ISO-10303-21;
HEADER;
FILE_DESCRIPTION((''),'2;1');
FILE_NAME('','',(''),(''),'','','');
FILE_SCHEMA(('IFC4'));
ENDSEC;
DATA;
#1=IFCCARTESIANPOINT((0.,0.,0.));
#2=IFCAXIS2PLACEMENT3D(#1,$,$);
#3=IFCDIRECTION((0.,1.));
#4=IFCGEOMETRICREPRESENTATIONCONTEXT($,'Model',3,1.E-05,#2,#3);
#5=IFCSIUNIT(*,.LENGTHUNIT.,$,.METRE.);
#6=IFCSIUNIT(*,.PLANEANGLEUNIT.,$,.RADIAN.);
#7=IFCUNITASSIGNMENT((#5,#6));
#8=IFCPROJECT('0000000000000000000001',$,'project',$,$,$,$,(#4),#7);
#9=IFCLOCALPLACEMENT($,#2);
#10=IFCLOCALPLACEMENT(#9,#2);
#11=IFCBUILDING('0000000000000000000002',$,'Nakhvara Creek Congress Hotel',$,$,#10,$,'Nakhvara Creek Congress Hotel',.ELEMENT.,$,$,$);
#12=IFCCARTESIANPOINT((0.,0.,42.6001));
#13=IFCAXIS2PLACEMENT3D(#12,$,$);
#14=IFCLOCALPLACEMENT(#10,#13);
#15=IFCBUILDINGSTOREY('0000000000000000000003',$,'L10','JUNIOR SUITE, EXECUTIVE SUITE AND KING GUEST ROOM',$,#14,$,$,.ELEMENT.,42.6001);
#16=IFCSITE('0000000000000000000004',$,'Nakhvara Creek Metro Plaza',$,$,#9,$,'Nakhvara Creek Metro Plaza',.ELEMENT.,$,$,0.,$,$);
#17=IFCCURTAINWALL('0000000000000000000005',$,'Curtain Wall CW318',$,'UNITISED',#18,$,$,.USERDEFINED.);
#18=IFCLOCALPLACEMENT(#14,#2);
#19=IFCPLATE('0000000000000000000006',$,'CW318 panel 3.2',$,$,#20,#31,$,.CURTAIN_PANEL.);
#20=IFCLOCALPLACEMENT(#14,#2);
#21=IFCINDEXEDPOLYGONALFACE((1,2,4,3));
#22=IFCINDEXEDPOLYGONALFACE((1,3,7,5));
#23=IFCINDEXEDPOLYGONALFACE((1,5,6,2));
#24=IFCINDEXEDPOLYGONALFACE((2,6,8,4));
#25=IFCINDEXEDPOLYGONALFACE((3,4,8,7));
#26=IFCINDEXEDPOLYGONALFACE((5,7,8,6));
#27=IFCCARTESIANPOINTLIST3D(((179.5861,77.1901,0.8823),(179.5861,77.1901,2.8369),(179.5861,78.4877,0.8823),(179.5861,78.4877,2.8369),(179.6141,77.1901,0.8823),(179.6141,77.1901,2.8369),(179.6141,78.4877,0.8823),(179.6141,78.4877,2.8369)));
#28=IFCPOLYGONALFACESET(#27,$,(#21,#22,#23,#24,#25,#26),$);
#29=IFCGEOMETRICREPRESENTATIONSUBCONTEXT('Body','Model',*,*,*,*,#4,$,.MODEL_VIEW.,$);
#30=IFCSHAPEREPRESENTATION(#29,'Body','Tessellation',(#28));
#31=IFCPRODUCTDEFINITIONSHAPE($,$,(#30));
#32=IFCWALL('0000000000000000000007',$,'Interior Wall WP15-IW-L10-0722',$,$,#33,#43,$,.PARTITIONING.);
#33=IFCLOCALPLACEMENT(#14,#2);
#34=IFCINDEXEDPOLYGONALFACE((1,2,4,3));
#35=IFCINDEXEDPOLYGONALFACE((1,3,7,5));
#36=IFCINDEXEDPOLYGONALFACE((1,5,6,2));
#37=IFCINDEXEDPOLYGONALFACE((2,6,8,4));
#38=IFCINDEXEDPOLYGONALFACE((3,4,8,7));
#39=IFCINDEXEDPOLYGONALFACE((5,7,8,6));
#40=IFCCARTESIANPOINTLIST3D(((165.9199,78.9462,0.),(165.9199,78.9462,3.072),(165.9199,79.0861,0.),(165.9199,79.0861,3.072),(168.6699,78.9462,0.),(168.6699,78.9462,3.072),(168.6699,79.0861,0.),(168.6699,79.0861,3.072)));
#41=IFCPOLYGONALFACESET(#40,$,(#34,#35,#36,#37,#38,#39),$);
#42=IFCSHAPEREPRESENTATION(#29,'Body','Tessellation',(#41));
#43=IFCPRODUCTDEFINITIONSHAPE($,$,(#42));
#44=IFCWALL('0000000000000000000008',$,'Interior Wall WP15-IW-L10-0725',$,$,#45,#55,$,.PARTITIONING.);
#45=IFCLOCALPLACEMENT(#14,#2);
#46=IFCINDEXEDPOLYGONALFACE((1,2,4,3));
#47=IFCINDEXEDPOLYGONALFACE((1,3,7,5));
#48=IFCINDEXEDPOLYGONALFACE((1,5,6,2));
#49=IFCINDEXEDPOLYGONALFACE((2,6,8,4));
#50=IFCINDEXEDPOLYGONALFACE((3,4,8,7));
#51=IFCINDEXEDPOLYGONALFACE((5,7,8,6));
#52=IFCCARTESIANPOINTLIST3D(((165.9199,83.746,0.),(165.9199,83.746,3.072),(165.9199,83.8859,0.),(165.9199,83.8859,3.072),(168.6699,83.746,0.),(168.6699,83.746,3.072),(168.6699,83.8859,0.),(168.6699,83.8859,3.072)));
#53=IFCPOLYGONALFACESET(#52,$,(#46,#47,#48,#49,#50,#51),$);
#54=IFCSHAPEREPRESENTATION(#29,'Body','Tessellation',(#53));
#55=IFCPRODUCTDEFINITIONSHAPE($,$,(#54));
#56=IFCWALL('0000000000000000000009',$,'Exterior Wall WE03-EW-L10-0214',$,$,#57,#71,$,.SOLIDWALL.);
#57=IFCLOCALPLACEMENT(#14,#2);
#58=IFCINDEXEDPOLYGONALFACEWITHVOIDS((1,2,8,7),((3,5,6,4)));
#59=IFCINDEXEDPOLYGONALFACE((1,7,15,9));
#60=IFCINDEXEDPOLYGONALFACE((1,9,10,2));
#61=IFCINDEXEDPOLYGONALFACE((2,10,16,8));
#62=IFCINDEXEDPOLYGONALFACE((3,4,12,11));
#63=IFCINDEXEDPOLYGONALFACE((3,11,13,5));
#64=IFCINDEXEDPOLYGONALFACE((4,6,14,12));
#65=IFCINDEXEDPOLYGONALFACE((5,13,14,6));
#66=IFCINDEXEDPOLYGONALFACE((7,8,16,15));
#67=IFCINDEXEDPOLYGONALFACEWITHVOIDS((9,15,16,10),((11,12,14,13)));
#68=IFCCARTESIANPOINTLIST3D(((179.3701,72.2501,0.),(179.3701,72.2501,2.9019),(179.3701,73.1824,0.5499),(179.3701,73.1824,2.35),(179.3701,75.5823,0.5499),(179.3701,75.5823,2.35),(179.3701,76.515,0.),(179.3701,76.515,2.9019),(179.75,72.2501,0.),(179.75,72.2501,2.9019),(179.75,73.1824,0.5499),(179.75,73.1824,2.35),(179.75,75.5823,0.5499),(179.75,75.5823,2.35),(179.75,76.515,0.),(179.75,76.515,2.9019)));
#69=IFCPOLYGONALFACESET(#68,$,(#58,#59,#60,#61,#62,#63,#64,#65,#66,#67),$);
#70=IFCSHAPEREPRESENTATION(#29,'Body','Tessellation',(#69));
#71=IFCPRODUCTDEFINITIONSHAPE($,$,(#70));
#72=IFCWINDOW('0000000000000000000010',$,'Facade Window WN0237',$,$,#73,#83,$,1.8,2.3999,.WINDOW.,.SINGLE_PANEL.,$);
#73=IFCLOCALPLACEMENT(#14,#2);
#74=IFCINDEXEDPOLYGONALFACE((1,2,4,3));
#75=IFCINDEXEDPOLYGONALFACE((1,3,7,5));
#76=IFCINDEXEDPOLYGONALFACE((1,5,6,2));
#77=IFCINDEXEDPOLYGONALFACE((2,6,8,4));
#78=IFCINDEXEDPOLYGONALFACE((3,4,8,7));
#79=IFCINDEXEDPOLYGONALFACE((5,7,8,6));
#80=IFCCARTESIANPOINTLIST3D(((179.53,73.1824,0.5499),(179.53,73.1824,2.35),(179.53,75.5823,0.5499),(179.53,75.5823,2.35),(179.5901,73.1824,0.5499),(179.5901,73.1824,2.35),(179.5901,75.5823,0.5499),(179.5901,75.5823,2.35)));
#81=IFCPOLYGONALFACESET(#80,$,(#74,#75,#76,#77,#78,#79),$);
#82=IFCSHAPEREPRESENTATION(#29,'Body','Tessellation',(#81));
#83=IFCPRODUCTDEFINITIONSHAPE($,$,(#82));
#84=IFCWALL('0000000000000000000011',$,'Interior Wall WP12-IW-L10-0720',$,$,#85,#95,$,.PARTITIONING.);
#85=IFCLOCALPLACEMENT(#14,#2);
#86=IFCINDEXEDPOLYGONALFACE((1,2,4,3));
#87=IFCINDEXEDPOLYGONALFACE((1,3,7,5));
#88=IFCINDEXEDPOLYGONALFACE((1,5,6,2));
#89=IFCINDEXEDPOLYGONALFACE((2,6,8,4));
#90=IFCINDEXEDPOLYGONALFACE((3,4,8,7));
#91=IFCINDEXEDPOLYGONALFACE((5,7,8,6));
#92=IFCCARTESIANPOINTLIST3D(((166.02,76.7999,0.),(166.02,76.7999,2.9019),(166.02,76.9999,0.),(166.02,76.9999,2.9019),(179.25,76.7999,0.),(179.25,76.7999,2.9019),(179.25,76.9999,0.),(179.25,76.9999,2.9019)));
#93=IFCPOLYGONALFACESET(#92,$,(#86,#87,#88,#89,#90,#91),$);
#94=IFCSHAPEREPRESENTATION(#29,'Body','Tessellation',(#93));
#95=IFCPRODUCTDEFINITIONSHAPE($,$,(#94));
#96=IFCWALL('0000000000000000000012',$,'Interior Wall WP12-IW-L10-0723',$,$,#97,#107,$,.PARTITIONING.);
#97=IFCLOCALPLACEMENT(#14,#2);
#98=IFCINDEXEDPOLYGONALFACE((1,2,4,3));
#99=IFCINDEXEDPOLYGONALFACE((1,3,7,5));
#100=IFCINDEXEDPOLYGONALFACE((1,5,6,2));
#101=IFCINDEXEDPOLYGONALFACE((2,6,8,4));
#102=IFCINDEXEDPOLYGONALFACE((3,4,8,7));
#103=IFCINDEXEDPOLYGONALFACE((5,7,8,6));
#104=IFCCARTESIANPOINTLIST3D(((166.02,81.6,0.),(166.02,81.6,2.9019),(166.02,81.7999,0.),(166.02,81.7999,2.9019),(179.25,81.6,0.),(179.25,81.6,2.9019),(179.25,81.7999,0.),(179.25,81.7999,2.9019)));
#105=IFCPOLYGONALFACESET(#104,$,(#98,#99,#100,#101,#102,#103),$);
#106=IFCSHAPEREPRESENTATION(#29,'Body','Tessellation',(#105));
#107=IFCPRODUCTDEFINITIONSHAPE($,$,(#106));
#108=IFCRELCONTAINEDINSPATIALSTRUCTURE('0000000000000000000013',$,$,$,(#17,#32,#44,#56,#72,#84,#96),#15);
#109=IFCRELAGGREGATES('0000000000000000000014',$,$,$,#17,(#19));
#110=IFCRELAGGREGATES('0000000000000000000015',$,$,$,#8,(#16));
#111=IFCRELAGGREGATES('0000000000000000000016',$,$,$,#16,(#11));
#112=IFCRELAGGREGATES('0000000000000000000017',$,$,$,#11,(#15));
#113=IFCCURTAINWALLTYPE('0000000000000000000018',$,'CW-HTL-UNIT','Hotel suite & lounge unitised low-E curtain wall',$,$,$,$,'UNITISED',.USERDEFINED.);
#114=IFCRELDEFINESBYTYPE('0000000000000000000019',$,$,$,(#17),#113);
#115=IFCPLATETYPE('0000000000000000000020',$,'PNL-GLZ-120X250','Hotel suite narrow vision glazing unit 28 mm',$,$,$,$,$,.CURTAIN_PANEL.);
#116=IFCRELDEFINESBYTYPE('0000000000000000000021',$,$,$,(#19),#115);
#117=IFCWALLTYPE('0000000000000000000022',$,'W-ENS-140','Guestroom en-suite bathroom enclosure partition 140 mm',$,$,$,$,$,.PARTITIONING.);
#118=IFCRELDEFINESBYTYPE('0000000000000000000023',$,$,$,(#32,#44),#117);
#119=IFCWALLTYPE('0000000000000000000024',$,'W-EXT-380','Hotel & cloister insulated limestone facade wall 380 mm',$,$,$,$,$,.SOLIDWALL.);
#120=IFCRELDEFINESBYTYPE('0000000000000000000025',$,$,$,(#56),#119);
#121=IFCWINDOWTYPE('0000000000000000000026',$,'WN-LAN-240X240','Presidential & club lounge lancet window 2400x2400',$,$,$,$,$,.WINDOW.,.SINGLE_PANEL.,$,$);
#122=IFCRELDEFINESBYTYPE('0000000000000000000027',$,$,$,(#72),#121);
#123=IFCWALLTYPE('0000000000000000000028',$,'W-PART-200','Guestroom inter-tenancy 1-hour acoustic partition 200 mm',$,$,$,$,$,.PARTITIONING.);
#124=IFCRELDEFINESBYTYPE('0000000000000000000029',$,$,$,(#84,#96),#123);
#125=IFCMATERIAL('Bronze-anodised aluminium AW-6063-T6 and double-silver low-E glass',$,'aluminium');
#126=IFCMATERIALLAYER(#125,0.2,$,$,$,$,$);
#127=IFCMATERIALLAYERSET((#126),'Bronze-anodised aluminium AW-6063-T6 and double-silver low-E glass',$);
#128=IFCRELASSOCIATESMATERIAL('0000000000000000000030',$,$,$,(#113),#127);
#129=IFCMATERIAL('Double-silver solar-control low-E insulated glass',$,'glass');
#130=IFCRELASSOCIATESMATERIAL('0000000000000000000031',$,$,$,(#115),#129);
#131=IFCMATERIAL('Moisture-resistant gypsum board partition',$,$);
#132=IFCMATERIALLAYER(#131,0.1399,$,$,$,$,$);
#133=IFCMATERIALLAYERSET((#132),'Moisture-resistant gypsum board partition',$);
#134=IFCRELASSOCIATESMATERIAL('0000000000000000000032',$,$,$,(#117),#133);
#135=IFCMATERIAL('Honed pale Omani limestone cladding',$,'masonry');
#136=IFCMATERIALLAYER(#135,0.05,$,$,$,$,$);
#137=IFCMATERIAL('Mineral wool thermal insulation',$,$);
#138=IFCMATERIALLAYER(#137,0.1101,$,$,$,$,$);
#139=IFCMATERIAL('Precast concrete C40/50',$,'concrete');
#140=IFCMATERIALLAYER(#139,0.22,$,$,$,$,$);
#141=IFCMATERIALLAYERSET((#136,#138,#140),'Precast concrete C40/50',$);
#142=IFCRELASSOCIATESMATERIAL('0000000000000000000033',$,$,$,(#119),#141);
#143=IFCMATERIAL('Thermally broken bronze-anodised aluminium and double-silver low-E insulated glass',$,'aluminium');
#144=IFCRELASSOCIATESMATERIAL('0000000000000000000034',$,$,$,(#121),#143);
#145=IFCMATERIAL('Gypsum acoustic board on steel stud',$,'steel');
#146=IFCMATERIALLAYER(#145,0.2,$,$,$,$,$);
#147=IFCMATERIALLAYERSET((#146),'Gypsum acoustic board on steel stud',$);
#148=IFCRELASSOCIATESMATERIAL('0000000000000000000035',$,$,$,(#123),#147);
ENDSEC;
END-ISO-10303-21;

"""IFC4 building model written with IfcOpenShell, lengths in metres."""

from ifc_helpers import new_model, si_unit, direction, frame, frame_2d, origin, origin_2d, place, context, subcontext, project, spatial, rectangle, extrude, material, layer, layer_set, type_object, element, fill, aggregate, save


model = new_model("IFC4")

# Units and contexts
model_context = context("Model", 3, precision=1e-05, world=origin(), true_north=direction((0.0, 1.0)))
body_context = subcontext(model_context, "Body", "Model", "MODEL_VIEW")
ifc_project = project(units=[si_unit("LENGTHUNIT", "METRE"), si_unit("PLANEANGLEUNIT", "RADIAN")], contexts=[model_context])

# Site, building, storey
site_placement = place(None, origin())
site = spatial("IfcSite", under=ifc_project, at=site_placement, Name="Nakhvara Creek Metro Plaza", LongName="Nakhvara Creek Metro Plaza", CompositionType="ELEMENT", RefElevation=0.0)
building_placement = place(site_placement, origin())
building = spatial("IfcBuilding", under=site, at=building_placement, Name="Nakhvara Creek Congress Hotel", LongName="Nakhvara Creek Congress Hotel", CompositionType="ELEMENT")
storey_placement = place(building_placement, frame((0.0, 0.0, 42.6001)))
storey = spatial("IfcBuildingStorey", under=building, at=storey_placement, Name="L10", Description="JUNIOR SUITE, EXECUTIVE SUITE AND KING GUEST ROOM", CompositionType="ELEMENT", Elevation=42.6001)

# Curtain wall, plate
ifc_material_1 = material(Name="Bronze-anodised aluminium AW-6063-T6 and double-silver low-E glass", Category="aluminium")
ifc_layer_1 = layer(ifc_material_1, 0.2)
ifc_layer_set_1 = layer_set([ifc_layer_1], Name="Bronze-anodised aluminium AW-6063-T6 and double-silver low-E glass")
curtain_wall_type = type_object("IfcCurtainWallType", Name="CW-HTL-UNIT", Description="Hotel suite & lounge unitised low-E curtain wall", ElementType="UNITISED", PredefinedType="USERDEFINED", material=ifc_layer_set_1)
curtain_wall_placement = place(storey_placement, origin())
curtain_wall = element("IfcCurtainWall", 1, at=curtain_wall_placement, inside=storey, type_object=curtain_wall_type, Name="Curtain Wall CW318", ObjectType="UNITISED", PredefinedType="USERDEFINED")
ifc_material_2 = material(Name="Double-silver solar-control low-E insulated glass", Category="glass")
plate_type = type_object("IfcPlateType", Name="PNL-GLZ-120X250", Description="Hotel suite narrow vision glazing unit 28 mm", PredefinedType="CURTAIN_PANEL", material=ifc_material_2)
plate_1_placement = place(storey_placement, frame((179.6001, 77.8389, 0.8823), z_axis=(0.0, 0.0, 1.0), x_axis=(0.0, -1.0, 0.0)))
plate_1 = element("IfcPlate", 2, at=plate_1_placement, type_object=plate_type, Name="CW318 panel 3.2", PredefinedType="CURTAIN_PANEL", context=body_context, shape_type="SweptSolid", body=[
    extrude(rectangle(XDim=1.2976, YDim=0.0281, at=origin_2d()), origin(), (0.0, 0.0, 1.0), 1.9546),
])
aggregate(curtain_wall, [plate_1])

# Shared definitions
ifc_material_3 = material(Name="Moisture-resistant gypsum board partition")
ifc_layer_2 = layer(ifc_material_3, 0.1399)
ifc_layer_set_2 = layer_set([ifc_layer_2], Name="Moisture-resistant gypsum board partition")
wall_type_1 = type_object("IfcWallType", Name="W-ENS-140", Description="Guestroom en-suite bathroom enclosure partition 140 mm", PredefinedType="PARTITIONING", material=ifc_layer_set_2)

# Wall
wall_1_placement = place(storey_placement, frame((165.9199, 79.0161, 0.0), z_axis=(0.0, 0.0, 1.0), x_axis=(1.0, 0.0, 0.0)))
element("IfcWall", 3, at=wall_1_placement, inside=storey, type_object=wall_type_1, Name="Interior Wall WP15-IW-L10-0722", PredefinedType="PARTITIONING", context=body_context, shape_type="SweptSolid", body=[
    extrude(rectangle(XDim=2.75, YDim=0.1399, at=frame_2d((1.375, 0.0))), origin(), (0.0, 0.0, 1.0), 3.072),
])

# Wall
wall_2_placement = place(storey_placement, frame((165.9199, 83.8159, 0.0), z_axis=(0.0, 0.0, 1.0), x_axis=(1.0, 0.0, 0.0)))
element("IfcWall", 4, at=wall_2_placement, inside=storey, type_object=wall_type_1, Name="Interior Wall WP15-IW-L10-0725", PredefinedType="PARTITIONING", context=body_context, shape_type="SweptSolid", body=[
    extrude(rectangle(XDim=2.75, YDim=0.1399, at=frame_2d((1.375, 0.0))), origin(), (0.0, 0.0, 1.0), 3.072),
])

# Wall, opening, window
ifc_material_4 = material(Name="Honed pale Omani limestone cladding", Category="masonry")
ifc_layer_3 = layer(ifc_material_4, 0.05)
ifc_material_5 = material(Name="Mineral wool thermal insulation")
ifc_layer_4 = layer(ifc_material_5, 0.1101)
ifc_material_6 = material(Name="Precast concrete C40/50", Category="concrete")
ifc_layer_5 = layer(ifc_material_6, 0.22)
ifc_layer_set_3 = layer_set([ifc_layer_3, ifc_layer_4, ifc_layer_5], Name="Precast concrete C40/50")
wall_type_2 = type_object("IfcWallType", Name="W-EXT-380", Description="Hotel & cloister insulated limestone facade wall 380 mm", PredefinedType="SOLIDWALL", material=ifc_layer_set_3)
wall_3_placement = place(storey_placement, frame((179.5601, 76.5149, 0.0), z_axis=(0.0, 0.0, 1.0), x_axis=(0.0, -1.0, 0.0)))
wall_3 = element("IfcWall", 5, at=wall_3_placement, inside=storey, type_object=wall_type_2, Name="Exterior Wall WE03-EW-L10-0214", PredefinedType="SOLIDWALL", context=body_context, shape_type="SweptSolid", body=[
    extrude(rectangle(XDim=4.2649, YDim=0.3799, at=frame_2d((2.1323, 0.0))), origin(), (0.0, 0.0, 1.0), 2.9019),
])
opening_1_placement = place(wall_3_placement, frame((0.9326, 0.0, 0.55)))
opening_1 = element("IfcOpeningElement", 6, at=opening_1_placement, cuts=wall_3, PredefinedType="OPENING", context=body_context, shape_type="SweptSolid", body=[
    extrude(rectangle(XDim=2.3999, YDim=1.8, at=frame_2d((1.2, 0.8999))), frame((0.0, 0.2019, 0.0), z_axis=(0.0, -1.0, 0.0), x_axis=(1.0, 0.0, 0.0)), (0.0, 0.0, 1.0), 0.4038),
])
ifc_material_7 = material(Name="Thermally broken bronze-anodised aluminium and double-silver low-E insulated glass", Category="aluminium")
window_type = type_object("IfcWindowType", Name="WN-LAN-240X240", Description="Presidential & club lounge lancet window 2400x2400", PartitioningType="SINGLE_PANEL", PredefinedType="WINDOW", material=ifc_material_7)
window_placement = place(opening_1_placement, origin())
window = element("IfcWindow", 7, at=window_placement, inside=storey, type_object=window_type, Name="Facade Window WN0237", OverallHeight=1.8, OverallWidth=2.3999, PartitioningType="SINGLE_PANEL", PredefinedType="WINDOW", context=body_context, shape_type="SweptSolid", body=[
    extrude(rectangle(XDim=2.3999, YDim=1.8, at=frame_2d((1.2, 0.8999))), frame((0.0, 0.03, 0.0), z_axis=(0.0, -1.0, 0.0), x_axis=(1.0, 0.0, 0.0)), (0.0, 0.0, 1.0), 0.0601),
])
fill(opening_1, window)

# Walls
ifc_material_8 = material(Name="Gypsum acoustic board on steel stud", Category="steel")
ifc_layer_6 = layer(ifc_material_8, 0.2)
ifc_layer_set_4 = layer_set([ifc_layer_6], Name="Gypsum acoustic board on steel stud")
wall_type_3 = type_object("IfcWallType", Name="W-PART-200", Description="Guestroom inter-tenancy 1-hour acoustic partition 200 mm", PredefinedType="PARTITIONING", material=ifc_layer_set_4)
for number, where, z_axis, x_axis, name in (
    (8, (166.02, 76.8999, 0.0), (0.0, 0.0, 1.0), (1.0, 0.0, 0.0), "Interior Wall WP12-IW-L10-0720"),
    (9, (166.02, 81.7, 0.0), (0.0, 0.0, 1.0), (1.0, 0.0, 0.0), "Interior Wall WP12-IW-L10-0723"),
):
    element("IfcWall", number, at=place(storey_placement, frame(where, z_axis=z_axis, x_axis=x_axis)), inside=storey, type_object=wall_type_3, Name=name, PredefinedType="PARTITIONING", context=body_context, shape_type="SweptSolid", body=[
        extrude(rectangle(XDim=13.23, YDim=0.2, at=frame_2d((6.615, 0.0))), origin(), (0.0, 0.0, 1.0), 2.9019),
    ])

save(model, "model.ifc")
